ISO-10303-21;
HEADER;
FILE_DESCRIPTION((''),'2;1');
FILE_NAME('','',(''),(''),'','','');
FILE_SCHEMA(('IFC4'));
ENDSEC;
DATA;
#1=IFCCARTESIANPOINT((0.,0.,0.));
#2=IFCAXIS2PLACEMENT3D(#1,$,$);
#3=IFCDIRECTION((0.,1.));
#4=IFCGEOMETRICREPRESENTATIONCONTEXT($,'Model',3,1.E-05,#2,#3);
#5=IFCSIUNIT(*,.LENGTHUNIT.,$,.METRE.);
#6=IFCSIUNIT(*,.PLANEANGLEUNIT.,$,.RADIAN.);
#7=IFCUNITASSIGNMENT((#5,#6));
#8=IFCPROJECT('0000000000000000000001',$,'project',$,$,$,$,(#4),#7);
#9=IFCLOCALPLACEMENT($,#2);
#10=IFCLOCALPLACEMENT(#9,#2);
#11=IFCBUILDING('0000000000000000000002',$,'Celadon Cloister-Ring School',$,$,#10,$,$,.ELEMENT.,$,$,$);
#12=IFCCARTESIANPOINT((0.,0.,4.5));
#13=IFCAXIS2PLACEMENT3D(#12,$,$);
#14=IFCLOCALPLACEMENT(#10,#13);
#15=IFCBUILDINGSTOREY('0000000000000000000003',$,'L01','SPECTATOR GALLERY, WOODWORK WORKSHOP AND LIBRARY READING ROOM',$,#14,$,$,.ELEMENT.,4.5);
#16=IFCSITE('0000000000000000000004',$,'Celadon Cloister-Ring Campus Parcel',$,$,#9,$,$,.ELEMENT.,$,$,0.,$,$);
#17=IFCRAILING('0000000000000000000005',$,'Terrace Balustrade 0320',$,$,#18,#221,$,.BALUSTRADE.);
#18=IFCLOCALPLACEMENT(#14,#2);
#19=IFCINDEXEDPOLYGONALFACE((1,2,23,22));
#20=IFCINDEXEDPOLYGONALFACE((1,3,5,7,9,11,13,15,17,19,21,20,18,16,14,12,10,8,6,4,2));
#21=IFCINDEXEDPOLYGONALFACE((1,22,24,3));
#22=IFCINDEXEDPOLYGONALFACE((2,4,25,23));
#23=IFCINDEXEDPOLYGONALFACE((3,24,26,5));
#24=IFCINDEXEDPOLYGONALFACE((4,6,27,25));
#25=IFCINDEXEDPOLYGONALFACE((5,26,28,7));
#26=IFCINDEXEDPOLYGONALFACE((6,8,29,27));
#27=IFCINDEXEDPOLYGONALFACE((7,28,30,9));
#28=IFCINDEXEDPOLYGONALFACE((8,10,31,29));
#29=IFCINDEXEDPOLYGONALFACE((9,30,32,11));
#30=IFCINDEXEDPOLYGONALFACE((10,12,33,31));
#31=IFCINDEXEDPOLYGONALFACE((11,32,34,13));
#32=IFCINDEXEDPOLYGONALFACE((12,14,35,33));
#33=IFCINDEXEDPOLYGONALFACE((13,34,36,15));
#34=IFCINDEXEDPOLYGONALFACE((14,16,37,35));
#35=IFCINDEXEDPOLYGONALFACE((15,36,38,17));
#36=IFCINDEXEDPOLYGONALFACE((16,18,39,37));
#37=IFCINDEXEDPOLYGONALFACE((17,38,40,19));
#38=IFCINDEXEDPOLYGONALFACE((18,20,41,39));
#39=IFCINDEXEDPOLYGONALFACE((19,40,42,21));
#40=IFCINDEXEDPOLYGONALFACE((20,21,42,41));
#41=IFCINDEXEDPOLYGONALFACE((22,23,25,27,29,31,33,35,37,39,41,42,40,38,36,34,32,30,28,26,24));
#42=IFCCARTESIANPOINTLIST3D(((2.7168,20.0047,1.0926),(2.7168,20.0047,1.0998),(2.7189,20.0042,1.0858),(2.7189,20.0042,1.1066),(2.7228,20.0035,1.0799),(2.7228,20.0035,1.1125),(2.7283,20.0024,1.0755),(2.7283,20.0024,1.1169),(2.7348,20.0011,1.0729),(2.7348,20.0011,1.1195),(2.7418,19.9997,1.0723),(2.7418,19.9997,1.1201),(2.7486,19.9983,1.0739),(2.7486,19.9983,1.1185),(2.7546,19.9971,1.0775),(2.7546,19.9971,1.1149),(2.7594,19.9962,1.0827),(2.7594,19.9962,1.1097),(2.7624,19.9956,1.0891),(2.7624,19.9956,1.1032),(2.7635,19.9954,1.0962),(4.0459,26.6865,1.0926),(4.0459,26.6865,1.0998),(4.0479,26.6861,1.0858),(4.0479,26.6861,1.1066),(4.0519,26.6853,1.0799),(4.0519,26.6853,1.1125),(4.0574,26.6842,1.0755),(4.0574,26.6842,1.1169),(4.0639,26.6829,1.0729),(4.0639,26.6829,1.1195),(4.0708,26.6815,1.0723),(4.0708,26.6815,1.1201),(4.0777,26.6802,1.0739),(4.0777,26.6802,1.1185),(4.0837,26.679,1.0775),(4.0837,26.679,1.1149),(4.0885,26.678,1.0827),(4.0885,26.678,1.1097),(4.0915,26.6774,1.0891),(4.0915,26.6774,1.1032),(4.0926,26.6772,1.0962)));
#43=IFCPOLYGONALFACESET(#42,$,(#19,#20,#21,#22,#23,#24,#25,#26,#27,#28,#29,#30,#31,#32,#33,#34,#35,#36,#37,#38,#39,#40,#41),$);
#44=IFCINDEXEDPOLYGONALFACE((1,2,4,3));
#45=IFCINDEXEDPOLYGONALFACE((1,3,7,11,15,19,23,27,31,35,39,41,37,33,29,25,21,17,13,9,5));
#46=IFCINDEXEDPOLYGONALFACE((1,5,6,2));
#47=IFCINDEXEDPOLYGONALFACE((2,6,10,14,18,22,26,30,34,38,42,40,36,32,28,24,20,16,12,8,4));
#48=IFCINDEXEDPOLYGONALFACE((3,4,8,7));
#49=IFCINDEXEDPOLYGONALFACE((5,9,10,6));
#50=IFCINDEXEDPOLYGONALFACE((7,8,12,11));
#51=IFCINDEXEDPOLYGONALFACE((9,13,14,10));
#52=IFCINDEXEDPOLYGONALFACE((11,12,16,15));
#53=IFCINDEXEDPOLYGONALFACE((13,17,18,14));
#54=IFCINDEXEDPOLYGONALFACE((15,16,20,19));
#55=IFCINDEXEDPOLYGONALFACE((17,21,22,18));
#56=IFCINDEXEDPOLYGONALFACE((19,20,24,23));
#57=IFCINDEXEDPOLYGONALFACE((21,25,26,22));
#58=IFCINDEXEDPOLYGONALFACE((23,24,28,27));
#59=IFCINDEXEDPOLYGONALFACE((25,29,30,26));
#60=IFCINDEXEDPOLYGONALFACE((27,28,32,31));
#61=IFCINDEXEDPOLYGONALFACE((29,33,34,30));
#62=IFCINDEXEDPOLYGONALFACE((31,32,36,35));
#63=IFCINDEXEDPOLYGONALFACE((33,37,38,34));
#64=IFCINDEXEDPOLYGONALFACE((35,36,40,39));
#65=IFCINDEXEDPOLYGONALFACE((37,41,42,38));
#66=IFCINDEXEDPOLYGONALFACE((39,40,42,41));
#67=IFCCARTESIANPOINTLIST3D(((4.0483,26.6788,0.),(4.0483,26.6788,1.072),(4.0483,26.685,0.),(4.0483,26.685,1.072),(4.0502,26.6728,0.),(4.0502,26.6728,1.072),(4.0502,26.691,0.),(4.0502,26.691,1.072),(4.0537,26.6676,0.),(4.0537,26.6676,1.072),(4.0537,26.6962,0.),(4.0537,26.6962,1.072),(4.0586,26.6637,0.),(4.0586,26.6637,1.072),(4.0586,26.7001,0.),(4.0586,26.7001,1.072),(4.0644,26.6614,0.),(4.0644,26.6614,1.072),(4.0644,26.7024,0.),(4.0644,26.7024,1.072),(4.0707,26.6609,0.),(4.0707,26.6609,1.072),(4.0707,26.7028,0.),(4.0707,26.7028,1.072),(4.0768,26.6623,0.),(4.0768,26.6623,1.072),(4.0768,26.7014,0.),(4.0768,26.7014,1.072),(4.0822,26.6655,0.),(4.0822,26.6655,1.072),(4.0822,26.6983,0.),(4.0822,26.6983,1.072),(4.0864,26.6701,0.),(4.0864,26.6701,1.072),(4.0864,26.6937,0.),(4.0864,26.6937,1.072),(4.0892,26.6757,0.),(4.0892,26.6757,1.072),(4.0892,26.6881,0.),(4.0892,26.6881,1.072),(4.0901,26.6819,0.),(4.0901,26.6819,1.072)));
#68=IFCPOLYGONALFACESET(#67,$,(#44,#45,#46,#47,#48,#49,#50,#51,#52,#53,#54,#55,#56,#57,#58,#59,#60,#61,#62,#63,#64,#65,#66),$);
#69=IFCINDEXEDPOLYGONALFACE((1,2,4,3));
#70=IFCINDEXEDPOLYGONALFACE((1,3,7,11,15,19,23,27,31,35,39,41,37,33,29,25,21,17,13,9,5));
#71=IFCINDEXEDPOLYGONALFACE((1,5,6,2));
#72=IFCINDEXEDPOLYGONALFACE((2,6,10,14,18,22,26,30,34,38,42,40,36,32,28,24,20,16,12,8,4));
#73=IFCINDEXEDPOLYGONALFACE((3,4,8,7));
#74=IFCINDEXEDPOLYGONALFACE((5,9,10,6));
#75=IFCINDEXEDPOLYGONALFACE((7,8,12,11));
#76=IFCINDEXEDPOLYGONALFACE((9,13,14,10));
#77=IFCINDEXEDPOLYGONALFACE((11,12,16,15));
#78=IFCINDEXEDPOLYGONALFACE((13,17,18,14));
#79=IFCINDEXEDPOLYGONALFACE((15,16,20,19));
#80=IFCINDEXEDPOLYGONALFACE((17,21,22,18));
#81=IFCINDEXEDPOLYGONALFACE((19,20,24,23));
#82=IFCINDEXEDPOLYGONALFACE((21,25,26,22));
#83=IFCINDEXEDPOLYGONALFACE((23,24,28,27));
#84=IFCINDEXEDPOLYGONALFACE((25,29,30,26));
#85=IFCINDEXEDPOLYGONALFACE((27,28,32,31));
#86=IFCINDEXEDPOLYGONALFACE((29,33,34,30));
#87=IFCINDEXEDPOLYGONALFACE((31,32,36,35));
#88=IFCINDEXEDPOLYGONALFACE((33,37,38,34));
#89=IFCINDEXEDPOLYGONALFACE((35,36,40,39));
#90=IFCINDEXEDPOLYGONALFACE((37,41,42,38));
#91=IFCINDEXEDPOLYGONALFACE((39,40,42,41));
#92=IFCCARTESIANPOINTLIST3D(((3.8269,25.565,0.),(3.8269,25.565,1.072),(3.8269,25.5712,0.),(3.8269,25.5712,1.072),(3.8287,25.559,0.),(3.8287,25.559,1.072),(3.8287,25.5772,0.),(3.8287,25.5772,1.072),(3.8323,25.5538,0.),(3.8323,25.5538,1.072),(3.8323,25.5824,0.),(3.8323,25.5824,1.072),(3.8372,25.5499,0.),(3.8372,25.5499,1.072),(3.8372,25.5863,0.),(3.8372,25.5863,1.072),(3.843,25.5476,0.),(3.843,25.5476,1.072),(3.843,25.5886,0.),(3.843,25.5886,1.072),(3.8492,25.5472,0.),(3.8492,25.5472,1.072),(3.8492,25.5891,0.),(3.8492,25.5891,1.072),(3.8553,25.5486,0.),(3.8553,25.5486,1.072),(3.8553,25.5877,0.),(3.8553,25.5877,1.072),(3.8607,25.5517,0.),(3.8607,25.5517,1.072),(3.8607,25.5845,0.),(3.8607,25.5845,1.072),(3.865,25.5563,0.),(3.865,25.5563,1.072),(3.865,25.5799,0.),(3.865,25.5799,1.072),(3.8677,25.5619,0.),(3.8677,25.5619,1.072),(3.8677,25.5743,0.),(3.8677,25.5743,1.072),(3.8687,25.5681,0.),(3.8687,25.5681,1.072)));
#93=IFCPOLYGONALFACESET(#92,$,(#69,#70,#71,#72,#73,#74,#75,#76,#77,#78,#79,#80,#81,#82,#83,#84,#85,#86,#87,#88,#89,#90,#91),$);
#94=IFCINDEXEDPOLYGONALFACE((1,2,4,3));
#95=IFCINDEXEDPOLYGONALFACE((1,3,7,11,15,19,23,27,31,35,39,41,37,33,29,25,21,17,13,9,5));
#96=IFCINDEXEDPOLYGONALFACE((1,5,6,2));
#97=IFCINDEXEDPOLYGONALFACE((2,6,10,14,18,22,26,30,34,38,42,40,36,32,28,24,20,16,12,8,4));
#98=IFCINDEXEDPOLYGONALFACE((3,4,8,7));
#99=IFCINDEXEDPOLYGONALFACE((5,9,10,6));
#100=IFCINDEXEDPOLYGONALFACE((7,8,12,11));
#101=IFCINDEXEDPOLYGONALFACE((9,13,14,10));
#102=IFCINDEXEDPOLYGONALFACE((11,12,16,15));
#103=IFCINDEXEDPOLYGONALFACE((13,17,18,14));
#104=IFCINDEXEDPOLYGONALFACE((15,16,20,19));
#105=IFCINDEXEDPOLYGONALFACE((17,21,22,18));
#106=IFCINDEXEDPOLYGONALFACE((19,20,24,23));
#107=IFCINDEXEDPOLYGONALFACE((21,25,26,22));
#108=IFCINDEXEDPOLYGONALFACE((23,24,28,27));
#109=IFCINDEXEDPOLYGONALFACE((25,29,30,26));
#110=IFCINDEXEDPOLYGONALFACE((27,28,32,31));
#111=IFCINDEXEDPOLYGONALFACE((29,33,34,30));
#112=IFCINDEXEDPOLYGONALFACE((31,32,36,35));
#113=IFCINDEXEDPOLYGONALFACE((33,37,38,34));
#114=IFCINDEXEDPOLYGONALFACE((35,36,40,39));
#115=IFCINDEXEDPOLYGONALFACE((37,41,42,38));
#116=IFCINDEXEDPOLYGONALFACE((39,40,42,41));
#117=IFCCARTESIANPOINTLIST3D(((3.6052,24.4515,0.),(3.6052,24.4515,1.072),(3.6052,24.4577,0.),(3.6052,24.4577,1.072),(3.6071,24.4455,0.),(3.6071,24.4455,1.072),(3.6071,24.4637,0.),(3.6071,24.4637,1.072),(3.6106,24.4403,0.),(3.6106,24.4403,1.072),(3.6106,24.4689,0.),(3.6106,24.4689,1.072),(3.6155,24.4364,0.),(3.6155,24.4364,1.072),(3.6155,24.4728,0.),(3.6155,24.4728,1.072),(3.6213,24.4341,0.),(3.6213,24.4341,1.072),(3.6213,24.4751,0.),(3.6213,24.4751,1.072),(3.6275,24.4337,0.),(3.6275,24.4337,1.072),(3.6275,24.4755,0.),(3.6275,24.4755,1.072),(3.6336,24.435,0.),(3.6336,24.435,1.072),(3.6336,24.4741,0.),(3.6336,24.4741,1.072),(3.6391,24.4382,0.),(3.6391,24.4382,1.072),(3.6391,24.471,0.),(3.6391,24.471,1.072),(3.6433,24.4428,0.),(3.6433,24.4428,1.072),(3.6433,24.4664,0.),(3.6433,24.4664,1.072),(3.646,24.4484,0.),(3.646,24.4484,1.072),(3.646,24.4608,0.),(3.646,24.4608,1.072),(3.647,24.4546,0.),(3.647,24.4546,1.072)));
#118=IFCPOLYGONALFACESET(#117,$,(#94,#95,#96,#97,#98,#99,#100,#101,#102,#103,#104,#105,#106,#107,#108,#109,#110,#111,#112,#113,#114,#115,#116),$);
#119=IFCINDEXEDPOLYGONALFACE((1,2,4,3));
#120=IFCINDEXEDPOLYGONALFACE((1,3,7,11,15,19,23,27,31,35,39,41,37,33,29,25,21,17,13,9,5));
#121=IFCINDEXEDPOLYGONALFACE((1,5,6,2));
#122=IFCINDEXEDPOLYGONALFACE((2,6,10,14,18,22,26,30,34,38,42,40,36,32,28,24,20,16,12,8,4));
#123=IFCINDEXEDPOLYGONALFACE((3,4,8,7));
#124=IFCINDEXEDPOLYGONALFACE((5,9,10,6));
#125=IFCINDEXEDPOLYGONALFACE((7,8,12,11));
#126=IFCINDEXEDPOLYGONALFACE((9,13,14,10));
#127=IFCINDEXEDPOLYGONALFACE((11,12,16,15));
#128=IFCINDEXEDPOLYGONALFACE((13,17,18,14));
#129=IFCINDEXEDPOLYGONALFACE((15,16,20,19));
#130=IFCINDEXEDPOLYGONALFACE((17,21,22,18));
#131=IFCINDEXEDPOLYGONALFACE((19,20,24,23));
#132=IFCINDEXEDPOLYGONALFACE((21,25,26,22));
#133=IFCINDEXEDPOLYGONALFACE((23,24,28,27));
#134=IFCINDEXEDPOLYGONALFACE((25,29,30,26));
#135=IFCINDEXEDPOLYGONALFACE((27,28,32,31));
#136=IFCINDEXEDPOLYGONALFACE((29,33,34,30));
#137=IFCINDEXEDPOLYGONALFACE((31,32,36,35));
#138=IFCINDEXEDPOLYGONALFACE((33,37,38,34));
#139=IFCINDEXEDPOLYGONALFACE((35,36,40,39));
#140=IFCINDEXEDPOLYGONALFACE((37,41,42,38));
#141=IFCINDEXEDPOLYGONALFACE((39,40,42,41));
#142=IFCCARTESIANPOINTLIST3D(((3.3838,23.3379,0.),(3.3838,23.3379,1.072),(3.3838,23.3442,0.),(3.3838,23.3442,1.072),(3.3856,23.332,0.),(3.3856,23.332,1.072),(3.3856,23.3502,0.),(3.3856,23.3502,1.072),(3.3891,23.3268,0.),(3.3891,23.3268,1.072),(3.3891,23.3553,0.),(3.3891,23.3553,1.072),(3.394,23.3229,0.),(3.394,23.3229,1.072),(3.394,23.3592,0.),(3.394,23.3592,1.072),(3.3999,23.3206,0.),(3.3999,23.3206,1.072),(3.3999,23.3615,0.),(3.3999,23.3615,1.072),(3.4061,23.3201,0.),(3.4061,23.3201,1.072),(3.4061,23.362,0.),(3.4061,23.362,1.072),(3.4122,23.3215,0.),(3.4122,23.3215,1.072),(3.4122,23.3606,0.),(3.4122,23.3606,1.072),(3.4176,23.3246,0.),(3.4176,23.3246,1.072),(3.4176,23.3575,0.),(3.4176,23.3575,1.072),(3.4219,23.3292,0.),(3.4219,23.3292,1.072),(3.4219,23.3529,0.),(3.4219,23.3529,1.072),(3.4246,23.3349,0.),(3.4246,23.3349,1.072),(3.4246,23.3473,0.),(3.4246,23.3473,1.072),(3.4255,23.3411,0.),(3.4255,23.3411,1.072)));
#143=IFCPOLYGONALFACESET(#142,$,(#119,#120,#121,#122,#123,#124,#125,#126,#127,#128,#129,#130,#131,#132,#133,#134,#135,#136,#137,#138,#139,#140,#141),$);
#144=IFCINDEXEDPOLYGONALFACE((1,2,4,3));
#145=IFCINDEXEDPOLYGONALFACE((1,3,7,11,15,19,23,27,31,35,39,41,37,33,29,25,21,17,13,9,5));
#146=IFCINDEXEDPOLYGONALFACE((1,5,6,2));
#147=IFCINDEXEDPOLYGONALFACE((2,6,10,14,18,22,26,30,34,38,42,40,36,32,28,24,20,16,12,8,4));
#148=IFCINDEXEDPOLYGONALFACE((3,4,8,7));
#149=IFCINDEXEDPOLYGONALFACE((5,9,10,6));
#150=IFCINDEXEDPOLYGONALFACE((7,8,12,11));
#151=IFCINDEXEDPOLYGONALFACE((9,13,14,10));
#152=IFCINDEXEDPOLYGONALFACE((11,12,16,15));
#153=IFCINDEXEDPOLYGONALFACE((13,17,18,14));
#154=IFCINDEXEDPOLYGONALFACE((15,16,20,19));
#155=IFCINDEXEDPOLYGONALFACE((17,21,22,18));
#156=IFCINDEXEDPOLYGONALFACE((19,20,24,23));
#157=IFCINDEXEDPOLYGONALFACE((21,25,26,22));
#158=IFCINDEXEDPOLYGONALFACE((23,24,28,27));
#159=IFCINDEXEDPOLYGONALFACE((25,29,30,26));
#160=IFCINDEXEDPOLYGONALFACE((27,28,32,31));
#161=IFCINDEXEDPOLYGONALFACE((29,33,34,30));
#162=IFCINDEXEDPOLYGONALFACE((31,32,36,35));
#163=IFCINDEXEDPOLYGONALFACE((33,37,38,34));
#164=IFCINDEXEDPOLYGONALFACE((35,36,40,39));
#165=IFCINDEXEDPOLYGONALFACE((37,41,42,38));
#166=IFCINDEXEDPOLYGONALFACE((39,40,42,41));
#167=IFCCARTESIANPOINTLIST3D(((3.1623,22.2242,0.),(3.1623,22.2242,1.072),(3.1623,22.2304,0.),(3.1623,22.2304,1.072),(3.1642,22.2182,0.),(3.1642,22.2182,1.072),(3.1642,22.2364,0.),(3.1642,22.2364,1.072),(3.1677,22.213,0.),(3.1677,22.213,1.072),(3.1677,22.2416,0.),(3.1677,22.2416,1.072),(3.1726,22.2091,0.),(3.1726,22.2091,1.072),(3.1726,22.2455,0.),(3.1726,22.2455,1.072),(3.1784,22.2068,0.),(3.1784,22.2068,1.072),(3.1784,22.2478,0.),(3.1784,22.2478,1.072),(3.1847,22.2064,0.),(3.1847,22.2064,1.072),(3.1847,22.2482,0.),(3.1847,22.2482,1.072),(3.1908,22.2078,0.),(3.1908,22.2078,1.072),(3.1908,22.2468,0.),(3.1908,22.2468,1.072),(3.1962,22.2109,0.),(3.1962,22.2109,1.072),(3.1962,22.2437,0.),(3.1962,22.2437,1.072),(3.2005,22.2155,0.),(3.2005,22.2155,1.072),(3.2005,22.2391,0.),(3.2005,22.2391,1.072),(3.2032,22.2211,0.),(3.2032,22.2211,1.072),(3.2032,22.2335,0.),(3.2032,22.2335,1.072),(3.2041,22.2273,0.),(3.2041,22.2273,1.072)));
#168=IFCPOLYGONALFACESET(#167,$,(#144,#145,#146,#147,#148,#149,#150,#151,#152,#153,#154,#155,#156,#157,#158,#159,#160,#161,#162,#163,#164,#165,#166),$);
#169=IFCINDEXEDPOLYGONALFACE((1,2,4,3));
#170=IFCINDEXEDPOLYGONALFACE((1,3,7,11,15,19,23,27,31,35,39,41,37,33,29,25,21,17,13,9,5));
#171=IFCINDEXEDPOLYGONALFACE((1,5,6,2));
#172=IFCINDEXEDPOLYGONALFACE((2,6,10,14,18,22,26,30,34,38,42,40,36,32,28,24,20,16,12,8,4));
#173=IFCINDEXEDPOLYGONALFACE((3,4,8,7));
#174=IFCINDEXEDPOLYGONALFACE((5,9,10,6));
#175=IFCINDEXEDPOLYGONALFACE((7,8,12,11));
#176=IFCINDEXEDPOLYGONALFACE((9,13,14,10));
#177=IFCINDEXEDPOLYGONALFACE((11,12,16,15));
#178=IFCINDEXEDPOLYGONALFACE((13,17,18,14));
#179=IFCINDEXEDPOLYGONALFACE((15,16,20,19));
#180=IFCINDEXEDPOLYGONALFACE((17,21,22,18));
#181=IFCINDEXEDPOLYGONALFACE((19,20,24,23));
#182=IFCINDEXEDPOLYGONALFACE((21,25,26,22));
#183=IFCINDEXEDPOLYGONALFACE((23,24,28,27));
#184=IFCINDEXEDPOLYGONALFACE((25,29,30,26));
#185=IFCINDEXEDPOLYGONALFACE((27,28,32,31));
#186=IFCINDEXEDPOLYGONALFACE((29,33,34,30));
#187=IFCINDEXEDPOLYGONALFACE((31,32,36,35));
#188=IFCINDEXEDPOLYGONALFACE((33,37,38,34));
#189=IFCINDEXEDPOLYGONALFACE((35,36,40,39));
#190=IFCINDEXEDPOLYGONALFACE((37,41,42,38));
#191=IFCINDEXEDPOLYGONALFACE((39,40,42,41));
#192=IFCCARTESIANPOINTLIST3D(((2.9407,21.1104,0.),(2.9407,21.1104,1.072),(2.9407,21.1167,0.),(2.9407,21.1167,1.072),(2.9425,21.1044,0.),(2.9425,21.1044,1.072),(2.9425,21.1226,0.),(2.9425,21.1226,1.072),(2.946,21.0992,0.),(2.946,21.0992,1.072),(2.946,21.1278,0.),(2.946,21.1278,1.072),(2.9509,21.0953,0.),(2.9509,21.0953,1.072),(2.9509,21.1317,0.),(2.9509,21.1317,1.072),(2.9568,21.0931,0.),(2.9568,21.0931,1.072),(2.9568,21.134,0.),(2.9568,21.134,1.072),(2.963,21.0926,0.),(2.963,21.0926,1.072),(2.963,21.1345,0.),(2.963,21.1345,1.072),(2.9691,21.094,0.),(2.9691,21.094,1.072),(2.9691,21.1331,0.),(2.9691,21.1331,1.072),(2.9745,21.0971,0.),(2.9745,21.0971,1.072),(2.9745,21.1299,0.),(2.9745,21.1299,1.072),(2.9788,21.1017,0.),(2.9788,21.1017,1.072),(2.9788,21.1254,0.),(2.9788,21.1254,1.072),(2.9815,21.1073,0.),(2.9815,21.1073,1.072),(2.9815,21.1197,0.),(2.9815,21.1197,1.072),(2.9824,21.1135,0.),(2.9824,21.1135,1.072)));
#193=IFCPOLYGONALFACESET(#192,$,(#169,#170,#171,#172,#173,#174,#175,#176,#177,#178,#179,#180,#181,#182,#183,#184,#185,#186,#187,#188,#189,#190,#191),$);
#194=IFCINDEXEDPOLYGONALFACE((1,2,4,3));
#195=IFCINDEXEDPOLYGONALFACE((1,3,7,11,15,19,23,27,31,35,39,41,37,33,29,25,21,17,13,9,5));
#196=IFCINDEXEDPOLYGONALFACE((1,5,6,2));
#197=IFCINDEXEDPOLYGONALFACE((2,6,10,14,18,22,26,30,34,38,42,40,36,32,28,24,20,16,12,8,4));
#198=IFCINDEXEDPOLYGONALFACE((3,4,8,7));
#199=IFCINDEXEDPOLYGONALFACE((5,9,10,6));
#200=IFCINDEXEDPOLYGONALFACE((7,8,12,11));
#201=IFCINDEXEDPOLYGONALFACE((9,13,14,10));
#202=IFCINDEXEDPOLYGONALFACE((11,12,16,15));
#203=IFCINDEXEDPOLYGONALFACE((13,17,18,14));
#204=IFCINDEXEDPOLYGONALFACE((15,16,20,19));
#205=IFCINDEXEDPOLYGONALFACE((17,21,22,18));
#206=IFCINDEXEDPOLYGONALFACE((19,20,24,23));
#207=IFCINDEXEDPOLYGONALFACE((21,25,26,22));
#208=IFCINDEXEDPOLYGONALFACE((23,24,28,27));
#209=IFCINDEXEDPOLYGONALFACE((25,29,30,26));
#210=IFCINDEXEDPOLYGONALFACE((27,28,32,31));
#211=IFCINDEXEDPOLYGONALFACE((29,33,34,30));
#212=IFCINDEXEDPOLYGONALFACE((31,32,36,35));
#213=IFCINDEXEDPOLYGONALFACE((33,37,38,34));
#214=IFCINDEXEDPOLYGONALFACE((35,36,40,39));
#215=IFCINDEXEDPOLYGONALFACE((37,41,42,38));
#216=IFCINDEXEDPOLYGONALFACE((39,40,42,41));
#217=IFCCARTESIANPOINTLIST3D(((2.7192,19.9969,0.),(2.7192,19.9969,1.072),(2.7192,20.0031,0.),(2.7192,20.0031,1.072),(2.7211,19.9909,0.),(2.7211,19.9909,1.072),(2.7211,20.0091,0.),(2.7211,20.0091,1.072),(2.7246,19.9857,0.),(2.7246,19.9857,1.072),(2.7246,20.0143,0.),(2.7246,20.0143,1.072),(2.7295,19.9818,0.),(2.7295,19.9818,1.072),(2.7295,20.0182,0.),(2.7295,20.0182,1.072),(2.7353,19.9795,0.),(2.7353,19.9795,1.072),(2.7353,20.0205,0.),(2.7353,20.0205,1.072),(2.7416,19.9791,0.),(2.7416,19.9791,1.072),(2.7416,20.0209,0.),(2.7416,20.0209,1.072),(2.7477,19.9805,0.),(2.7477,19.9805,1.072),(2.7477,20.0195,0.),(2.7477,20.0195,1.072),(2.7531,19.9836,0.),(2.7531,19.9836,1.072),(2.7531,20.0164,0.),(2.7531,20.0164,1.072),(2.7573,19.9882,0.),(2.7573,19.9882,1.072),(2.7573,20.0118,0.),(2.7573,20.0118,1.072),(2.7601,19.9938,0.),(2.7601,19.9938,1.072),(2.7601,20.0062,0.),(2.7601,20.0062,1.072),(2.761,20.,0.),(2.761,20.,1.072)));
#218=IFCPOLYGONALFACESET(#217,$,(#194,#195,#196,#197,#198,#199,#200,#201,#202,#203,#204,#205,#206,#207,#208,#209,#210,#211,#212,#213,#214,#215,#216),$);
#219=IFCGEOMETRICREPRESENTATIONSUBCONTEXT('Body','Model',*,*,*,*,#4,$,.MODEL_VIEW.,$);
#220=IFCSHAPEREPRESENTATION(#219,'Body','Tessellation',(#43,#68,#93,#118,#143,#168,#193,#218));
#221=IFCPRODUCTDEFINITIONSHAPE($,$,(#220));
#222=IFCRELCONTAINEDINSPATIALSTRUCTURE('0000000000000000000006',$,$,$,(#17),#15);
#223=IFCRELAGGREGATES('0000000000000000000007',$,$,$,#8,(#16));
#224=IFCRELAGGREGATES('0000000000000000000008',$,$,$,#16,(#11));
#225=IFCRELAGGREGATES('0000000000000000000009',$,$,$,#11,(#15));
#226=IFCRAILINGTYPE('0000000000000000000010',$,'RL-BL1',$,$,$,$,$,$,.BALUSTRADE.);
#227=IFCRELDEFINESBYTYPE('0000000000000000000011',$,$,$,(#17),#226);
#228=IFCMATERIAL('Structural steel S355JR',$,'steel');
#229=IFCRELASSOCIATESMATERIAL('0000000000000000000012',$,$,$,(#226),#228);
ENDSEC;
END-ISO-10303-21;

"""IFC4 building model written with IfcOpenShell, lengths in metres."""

from ifc_helpers import new_model, si_unit, direction, frame, origin, origin_2d, place, context, subcontext, project, spatial, circle, extrude, material, type_object, element, save


model = new_model("IFC4")

# Units and contexts
model_context = context("Model", 3, precision=1e-05, world=origin(), true_north=direction((0.0, 1.0)))
body_context = subcontext(model_context, "Body", "Model", "MODEL_VIEW")
ifc_project = project(units=[si_unit("LENGTHUNIT", "METRE"), si_unit("PLANEANGLEUNIT", "RADIAN")], contexts=[model_context])

# Site, building, storey
site_placement = place(None, origin())
site = spatial("IfcSite", under=ifc_project, at=site_placement, Name="Celadon Cloister-Ring Campus Parcel", CompositionType="ELEMENT", RefElevation=0.0)
building_placement = place(site_placement, origin())
building = spatial("IfcBuilding", under=site, at=building_placement, Name="Celadon Cloister-Ring School", CompositionType="ELEMENT")
storey_placement = place(building_placement, frame((0.0, 0.0, 4.5)))
storey = spatial("IfcBuildingStorey", under=building, at=storey_placement, Name="L01", Description="SPECTATOR GALLERY, WOODWORK WORKSHOP AND LIBRARY READING ROOM", CompositionType="ELEMENT", Elevation=4.5)

# Railing
ifc_material_1 = material(Name="Structural steel S355JR", Category="steel")
railing_type = type_object("IfcRailingType", Name="RL-BL1", PredefinedType="BALUSTRADE", material=ifc_material_1)
railing_1_placement = place(storey_placement, frame((4.0691, 26.6819, 0.0)))
element("IfcRailing", 1, at=railing_1_placement, inside=storey, type_object=railing_type, Name="Terrace Balustrade 0320", PredefinedType="BALUSTRADE", context=body_context, shape_type="SweptSolid", body=[
    extrude(circle(Radius=0.0239, at=origin_2d()), frame((0.0, 0.0, 1.0962), z_axis=(-0.195089, -0.980786, 0.0), x_axis=(0.980786, -0.195089, 0.0)), (0.0, 0.0, 1.0), 6.8127),
    extrude(circle(Radius=0.021, at=origin_2d()), origin(), (0.0, 0.0, 1.0), 1.072),
    extrude(circle(Radius=0.021, at=origin_2d()), frame((-0.2214, -1.1138, 0.0)), (0.0, 0.0, 1.0), 1.072),
    extrude(circle(Radius=0.021, at=origin_2d()), frame((-0.4431, -2.2273, 0.0)), (0.0, 0.0, 1.0), 1.072),
    extrude(circle(Radius=0.021, at=origin_2d()), frame((-0.6646, -3.3408, 0.0)), (0.0, 0.0, 1.0), 1.072),
    extrude(circle(Radius=0.021, at=origin_2d()), frame((-0.886, -4.4546, 0.0)), (0.0, 0.0, 1.0), 1.072),
    extrude(circle(Radius=0.021, at=origin_2d()), frame((-1.1077, -5.5684, 0.0)), (0.0, 0.0, 1.0), 1.072),
    extrude(circle(Radius=0.021, at=origin_2d()), frame((-1.3291, -6.6819, 0.0)), (0.0, 0.0, 1.0), 1.072),
])

save(model, "model.ifc")
